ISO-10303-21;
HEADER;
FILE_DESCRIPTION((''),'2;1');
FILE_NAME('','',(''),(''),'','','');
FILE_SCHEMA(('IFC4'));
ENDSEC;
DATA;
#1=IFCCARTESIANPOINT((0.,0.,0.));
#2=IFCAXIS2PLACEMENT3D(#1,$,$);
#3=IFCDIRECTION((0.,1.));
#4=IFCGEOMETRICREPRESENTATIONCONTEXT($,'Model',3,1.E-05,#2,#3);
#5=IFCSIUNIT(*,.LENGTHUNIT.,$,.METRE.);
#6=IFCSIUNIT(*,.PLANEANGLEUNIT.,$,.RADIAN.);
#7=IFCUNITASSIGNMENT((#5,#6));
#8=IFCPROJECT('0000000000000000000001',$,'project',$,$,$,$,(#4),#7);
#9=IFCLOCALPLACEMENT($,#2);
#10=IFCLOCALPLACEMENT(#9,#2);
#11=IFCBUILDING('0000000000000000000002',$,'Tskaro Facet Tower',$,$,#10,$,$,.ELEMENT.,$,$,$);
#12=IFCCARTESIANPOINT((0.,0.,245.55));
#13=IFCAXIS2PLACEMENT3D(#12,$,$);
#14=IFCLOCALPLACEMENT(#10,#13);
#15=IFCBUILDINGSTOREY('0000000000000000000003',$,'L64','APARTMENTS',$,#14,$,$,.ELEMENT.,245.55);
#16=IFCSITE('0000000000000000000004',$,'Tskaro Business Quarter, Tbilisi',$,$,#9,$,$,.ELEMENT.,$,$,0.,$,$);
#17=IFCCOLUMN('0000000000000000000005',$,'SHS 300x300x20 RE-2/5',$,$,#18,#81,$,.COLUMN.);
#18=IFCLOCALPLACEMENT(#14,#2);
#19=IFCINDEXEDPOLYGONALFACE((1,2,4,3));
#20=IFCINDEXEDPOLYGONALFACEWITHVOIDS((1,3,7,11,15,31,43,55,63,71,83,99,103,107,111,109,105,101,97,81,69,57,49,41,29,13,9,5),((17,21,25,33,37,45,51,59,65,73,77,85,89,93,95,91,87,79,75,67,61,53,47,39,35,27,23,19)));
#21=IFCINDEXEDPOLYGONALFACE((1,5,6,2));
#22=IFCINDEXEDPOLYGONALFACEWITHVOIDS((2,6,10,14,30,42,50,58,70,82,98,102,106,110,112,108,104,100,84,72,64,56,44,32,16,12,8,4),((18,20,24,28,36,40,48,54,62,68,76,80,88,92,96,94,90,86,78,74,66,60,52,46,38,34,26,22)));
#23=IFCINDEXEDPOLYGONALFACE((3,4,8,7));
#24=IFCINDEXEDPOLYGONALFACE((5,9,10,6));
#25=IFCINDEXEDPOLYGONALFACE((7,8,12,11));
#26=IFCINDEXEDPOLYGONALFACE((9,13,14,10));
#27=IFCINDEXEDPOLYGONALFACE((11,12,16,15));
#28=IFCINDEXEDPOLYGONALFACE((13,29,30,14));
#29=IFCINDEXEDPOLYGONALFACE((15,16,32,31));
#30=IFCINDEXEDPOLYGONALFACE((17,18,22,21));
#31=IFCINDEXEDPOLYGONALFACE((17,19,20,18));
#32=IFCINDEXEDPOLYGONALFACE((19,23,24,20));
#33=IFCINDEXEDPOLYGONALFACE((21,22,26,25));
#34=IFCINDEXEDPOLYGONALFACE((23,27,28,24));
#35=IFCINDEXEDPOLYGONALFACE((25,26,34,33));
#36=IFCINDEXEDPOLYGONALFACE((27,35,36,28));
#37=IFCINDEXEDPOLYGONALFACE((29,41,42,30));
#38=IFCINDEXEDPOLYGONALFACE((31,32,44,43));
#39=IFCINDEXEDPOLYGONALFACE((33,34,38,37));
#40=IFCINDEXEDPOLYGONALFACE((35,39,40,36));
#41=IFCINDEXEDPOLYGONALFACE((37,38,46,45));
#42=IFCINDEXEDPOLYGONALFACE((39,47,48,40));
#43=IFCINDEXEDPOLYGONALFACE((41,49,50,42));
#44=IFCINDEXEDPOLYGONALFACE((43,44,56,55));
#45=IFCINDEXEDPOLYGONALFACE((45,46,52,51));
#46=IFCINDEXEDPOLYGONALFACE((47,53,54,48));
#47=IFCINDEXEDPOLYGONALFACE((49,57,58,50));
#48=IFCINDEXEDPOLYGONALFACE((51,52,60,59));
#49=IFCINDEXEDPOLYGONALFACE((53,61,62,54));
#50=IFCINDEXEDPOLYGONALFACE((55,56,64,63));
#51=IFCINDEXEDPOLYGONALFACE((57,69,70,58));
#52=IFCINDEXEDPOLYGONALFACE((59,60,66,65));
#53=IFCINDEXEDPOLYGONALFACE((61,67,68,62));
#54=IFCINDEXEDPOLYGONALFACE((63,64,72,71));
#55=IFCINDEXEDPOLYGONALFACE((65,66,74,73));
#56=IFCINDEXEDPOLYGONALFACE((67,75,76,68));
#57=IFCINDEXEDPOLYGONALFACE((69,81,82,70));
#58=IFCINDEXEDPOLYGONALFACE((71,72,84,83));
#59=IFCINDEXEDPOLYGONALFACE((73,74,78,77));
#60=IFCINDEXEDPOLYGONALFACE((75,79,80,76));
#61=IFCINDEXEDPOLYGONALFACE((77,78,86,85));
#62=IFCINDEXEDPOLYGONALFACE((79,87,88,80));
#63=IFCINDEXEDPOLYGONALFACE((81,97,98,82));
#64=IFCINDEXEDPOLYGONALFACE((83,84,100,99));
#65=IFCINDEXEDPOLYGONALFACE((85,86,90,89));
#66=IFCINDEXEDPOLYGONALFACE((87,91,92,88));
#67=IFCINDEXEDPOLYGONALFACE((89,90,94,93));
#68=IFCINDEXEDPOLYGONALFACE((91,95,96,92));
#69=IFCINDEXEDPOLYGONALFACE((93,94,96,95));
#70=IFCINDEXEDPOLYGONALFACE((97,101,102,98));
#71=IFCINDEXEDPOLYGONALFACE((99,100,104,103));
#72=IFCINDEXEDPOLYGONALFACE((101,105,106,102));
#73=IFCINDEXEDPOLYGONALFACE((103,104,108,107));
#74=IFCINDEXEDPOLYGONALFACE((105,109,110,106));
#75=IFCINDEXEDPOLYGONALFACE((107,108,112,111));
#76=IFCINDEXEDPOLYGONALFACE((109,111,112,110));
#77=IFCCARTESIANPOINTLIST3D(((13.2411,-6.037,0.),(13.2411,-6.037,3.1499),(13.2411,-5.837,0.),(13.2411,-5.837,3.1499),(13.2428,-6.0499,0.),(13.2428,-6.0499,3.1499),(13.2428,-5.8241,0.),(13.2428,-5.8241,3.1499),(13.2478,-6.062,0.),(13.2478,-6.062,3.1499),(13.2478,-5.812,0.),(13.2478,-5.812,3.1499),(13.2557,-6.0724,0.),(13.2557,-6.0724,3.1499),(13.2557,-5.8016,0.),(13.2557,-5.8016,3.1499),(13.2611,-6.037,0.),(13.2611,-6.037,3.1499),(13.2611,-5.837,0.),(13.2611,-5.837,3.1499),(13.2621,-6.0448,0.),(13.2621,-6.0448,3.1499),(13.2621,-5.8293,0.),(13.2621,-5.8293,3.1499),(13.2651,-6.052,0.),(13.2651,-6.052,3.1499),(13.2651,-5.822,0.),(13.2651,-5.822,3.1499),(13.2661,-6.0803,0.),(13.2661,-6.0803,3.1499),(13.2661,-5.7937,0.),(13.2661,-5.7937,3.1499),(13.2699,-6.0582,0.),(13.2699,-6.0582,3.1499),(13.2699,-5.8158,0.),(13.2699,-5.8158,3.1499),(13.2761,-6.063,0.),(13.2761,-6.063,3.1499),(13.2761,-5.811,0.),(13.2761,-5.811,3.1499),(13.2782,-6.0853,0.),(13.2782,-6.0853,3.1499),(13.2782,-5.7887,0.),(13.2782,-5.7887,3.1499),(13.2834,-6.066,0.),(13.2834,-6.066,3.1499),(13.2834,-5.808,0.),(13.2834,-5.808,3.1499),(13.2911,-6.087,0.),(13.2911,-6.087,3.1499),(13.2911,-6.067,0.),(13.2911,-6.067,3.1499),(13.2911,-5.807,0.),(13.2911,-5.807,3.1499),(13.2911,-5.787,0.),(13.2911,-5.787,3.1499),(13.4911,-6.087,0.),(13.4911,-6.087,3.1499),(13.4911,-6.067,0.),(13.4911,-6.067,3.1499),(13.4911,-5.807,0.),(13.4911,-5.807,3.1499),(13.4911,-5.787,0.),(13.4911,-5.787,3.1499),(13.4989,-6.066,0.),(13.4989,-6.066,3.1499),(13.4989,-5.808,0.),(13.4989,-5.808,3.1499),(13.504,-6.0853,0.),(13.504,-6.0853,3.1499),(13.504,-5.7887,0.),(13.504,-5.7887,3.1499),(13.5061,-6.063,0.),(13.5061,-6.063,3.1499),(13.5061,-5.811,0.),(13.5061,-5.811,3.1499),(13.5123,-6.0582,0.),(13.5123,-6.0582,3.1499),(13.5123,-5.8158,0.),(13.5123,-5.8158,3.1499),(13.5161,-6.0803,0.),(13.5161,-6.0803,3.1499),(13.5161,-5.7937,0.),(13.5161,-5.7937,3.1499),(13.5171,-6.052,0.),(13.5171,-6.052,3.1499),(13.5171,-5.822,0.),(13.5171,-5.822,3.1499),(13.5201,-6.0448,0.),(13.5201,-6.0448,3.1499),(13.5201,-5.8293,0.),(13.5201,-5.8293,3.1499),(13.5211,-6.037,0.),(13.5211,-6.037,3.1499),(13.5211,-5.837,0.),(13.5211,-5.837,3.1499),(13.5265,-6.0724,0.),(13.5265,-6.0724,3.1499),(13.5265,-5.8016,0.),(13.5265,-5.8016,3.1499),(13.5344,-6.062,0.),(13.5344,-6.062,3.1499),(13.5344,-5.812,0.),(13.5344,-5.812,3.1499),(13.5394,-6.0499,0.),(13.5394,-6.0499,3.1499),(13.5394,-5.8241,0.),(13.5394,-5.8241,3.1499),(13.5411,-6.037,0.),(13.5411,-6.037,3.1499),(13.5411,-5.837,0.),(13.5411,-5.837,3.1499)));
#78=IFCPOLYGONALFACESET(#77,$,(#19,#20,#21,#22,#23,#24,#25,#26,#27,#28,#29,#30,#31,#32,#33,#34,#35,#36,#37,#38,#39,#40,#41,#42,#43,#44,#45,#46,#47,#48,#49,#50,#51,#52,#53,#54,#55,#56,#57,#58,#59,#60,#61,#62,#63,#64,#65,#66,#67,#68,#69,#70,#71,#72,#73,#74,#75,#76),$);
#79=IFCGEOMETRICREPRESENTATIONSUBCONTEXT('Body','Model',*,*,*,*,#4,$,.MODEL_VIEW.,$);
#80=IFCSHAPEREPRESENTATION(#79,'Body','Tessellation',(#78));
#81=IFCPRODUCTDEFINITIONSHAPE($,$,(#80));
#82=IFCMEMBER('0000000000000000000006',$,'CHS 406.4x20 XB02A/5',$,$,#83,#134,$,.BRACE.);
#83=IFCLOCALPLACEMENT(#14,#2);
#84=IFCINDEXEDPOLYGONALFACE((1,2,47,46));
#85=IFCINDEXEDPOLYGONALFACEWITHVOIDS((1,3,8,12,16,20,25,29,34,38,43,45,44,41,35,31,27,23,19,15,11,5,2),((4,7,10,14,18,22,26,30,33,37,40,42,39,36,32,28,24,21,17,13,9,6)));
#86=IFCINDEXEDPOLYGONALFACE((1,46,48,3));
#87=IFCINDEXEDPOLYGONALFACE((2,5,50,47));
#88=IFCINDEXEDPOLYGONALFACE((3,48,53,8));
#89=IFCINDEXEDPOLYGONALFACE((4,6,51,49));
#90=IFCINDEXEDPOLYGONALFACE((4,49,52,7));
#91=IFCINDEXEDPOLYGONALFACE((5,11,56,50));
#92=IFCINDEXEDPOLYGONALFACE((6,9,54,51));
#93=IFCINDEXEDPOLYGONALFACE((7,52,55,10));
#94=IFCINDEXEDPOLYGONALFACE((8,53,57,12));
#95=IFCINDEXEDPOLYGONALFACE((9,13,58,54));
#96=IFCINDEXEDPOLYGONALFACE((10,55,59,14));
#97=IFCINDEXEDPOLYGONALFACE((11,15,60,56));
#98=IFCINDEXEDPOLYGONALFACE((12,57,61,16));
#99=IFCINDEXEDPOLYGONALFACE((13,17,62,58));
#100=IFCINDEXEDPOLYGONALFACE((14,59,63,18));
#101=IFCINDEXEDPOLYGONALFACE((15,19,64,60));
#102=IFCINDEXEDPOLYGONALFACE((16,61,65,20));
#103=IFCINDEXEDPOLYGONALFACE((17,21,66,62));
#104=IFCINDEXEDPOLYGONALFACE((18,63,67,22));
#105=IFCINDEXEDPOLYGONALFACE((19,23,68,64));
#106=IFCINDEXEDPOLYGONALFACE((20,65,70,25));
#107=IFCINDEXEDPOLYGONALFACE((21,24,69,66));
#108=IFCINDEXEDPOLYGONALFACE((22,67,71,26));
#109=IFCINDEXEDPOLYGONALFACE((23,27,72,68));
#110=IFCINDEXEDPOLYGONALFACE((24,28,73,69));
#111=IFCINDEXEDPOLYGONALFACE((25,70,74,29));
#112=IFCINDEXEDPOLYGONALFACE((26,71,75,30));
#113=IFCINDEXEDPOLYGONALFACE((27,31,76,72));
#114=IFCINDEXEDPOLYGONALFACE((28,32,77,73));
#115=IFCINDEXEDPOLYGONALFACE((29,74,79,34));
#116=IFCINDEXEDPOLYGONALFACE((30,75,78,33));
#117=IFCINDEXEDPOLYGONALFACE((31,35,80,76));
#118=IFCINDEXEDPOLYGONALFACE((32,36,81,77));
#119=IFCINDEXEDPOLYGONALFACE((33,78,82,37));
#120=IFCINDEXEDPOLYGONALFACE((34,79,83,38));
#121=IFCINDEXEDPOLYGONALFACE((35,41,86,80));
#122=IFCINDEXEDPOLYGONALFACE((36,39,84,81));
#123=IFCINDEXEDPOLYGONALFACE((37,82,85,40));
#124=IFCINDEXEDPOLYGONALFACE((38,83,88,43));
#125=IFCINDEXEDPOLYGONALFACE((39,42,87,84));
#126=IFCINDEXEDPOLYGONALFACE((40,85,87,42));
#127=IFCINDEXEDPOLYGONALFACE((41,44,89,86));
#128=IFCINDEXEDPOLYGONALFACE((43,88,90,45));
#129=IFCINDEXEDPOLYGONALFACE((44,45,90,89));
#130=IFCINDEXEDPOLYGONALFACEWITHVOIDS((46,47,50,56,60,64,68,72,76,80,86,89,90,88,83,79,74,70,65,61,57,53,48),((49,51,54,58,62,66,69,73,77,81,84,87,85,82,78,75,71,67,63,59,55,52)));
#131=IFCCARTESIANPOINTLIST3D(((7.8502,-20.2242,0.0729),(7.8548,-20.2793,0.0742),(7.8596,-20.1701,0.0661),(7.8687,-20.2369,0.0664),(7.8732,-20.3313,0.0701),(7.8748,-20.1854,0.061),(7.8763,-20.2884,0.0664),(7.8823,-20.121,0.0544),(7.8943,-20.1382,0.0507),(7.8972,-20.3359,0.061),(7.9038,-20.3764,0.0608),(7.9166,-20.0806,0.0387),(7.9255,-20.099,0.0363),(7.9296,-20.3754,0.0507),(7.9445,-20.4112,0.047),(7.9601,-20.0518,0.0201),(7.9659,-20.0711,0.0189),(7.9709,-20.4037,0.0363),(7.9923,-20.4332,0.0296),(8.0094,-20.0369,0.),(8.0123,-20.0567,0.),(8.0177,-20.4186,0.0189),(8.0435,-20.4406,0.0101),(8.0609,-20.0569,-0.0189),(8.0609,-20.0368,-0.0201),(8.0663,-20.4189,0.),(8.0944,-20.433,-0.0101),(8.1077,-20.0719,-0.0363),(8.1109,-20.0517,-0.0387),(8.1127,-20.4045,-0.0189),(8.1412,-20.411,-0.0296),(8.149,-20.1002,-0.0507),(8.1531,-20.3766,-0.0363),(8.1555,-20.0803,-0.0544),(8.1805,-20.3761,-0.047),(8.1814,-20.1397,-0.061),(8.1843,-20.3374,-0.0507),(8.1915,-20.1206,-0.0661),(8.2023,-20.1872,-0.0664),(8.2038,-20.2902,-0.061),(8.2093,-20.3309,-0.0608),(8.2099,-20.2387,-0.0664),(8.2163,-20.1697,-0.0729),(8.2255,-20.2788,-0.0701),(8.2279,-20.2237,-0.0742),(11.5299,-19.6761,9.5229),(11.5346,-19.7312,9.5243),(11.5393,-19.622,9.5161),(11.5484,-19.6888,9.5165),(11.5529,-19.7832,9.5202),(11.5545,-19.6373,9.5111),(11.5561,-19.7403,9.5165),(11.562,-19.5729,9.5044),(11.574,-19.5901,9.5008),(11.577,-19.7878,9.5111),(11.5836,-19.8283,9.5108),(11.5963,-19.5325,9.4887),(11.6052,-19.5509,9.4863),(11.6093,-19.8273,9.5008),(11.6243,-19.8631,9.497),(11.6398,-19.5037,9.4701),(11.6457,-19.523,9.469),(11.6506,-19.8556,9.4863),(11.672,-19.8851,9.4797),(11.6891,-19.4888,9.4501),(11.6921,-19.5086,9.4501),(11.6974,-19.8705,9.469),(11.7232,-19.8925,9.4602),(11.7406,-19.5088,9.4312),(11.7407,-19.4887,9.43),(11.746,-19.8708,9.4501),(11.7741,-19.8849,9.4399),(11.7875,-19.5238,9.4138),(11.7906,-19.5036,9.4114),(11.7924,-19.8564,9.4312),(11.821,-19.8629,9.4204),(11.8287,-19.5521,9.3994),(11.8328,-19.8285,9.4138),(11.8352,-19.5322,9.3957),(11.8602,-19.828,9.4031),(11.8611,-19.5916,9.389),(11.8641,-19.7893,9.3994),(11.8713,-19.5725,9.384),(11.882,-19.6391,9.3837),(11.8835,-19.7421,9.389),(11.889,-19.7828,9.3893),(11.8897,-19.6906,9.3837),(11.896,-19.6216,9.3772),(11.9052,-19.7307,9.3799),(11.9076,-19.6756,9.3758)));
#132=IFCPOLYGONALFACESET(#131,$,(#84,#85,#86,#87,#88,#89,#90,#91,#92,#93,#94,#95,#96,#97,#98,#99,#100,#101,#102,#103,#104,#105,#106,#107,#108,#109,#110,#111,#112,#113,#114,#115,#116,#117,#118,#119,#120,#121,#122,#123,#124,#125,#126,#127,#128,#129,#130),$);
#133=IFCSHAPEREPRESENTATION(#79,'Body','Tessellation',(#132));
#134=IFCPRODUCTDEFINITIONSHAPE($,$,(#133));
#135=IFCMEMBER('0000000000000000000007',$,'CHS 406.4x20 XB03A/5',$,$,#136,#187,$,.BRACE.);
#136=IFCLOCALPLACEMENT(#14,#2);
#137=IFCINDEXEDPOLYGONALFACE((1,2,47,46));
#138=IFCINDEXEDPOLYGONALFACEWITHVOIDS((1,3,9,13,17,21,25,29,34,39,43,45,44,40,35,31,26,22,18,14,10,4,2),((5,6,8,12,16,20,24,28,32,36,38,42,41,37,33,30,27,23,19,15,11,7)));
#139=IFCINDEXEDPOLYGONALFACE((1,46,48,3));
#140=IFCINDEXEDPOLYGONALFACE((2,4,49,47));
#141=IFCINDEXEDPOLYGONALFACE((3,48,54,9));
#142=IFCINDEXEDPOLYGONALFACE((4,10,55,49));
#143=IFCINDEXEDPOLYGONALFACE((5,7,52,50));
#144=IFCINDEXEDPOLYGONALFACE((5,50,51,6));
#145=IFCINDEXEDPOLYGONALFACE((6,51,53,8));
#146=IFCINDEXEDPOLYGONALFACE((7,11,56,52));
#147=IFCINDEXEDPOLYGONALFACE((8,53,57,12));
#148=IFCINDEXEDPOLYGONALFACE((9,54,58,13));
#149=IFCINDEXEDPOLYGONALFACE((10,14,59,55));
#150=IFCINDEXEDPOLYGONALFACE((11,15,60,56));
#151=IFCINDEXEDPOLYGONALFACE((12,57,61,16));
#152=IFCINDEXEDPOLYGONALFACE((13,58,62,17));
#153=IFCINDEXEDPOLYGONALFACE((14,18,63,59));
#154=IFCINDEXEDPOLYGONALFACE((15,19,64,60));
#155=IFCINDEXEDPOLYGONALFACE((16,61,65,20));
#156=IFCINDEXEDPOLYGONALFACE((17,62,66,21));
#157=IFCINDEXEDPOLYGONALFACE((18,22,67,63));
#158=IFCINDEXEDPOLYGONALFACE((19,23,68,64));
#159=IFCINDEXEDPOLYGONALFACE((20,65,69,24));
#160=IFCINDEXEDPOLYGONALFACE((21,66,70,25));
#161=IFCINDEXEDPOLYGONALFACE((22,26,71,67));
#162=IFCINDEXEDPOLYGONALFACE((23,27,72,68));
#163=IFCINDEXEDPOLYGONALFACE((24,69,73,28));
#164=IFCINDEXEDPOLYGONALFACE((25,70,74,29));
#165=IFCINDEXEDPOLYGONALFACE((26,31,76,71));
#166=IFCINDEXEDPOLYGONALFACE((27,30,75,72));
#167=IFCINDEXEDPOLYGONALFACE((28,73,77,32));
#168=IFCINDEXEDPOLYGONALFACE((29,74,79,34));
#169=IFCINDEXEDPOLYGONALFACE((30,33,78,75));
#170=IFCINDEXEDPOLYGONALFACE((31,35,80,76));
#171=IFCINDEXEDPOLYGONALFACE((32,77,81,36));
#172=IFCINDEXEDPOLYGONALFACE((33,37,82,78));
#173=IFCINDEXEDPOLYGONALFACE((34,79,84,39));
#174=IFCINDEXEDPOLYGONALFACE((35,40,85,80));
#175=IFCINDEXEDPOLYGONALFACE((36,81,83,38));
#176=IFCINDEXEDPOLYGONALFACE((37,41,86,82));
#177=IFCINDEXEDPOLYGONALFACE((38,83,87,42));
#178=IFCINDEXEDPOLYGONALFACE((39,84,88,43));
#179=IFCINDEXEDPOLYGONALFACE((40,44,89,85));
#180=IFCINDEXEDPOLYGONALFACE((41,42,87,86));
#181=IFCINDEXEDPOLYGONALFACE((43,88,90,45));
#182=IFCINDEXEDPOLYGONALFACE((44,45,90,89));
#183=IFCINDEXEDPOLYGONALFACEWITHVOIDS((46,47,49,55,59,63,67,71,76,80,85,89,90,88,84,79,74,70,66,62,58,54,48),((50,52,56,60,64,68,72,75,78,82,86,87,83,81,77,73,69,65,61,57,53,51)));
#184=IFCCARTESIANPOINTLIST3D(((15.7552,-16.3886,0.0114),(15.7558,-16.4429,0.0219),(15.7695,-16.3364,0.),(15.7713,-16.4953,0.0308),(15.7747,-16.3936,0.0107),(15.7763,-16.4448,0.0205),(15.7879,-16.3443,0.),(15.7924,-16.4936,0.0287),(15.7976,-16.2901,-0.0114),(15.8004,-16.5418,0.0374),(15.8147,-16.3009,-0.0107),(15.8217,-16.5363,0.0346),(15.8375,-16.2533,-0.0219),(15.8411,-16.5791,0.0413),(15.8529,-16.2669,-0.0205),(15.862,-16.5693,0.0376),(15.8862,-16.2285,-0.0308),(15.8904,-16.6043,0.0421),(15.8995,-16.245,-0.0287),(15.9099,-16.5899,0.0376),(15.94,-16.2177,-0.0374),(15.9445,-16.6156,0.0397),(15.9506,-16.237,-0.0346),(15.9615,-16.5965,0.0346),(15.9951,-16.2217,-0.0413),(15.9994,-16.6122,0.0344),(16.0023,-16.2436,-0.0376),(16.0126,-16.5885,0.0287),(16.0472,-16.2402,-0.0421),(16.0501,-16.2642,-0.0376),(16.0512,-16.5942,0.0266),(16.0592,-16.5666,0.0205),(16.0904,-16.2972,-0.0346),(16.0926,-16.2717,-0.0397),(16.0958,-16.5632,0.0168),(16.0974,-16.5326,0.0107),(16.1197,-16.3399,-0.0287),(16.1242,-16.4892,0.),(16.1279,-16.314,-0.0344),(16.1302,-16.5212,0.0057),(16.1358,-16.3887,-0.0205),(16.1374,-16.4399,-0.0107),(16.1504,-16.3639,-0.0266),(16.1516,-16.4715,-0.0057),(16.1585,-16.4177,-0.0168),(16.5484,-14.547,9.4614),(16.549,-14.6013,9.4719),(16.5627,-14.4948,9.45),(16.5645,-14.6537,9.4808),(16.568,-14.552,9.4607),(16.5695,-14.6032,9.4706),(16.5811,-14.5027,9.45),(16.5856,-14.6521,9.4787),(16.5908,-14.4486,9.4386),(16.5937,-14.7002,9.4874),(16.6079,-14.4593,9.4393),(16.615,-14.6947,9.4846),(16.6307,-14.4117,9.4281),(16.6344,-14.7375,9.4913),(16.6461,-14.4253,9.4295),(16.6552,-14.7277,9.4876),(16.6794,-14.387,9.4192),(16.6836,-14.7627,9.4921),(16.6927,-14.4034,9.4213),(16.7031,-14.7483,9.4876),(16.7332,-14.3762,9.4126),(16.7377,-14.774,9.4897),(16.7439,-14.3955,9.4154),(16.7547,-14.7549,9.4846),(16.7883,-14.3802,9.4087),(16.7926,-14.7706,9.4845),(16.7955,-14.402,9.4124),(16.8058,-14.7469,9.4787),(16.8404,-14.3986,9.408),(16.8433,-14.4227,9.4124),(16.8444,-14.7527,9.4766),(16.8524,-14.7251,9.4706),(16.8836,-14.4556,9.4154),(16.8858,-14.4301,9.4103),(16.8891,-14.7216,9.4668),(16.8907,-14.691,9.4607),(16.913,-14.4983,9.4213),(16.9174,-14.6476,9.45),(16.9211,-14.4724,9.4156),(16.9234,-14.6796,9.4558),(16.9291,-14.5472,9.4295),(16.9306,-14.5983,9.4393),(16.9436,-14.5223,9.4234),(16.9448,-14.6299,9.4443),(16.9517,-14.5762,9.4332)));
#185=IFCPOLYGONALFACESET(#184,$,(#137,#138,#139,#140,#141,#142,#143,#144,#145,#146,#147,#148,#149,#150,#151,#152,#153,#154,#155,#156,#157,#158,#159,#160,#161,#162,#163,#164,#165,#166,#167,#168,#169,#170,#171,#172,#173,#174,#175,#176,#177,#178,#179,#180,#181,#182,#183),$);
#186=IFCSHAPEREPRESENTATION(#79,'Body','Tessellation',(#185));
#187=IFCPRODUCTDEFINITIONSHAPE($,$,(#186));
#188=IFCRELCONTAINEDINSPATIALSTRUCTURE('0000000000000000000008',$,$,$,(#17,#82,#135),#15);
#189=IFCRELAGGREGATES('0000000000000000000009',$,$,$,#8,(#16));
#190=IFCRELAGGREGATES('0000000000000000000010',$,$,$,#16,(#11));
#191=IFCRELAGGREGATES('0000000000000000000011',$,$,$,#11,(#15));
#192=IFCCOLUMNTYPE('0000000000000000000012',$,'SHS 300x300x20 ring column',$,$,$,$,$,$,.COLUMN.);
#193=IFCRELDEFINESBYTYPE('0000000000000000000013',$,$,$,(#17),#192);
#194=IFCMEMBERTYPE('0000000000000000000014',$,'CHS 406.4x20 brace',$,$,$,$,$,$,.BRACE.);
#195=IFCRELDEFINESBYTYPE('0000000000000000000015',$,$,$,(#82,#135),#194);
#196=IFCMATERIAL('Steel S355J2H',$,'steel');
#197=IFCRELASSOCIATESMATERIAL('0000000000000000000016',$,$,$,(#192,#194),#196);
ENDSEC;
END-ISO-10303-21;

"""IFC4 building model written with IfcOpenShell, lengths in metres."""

from ifc_helpers import new_model, si_unit, direction, frame, origin, origin_2d, place, context, subcontext, project, spatial, hollow_rectangle, hollow_circle, extrude, material, material_profile, profile_set, type_object, element, save


model = new_model("IFC4")

# Units and contexts
model_context = context("Model", 3, precision=1e-05, world=origin(), true_north=direction((0.0, 1.0)))
body_context = subcontext(model_context, "Body", "Model", "MODEL_VIEW")
ifc_project = project(units=[si_unit("LENGTHUNIT", "METRE"), si_unit("PLANEANGLEUNIT", "RADIAN")], contexts=[model_context])

# Site, building, storey
site_placement = place(None, origin())
site = spatial("IfcSite", under=ifc_project, at=site_placement, Name="Tskaro Business Quarter, Tbilisi", CompositionType="ELEMENT", RefElevation=0.0)
building_placement = place(site_placement, origin())
building = spatial("IfcBuilding", under=site, at=building_placement, Name="Tskaro Facet Tower", CompositionType="ELEMENT")
storey_placement = place(building_placement, frame((0.0, 0.0, 245.55)))
storey = spatial("IfcBuildingStorey", under=building, at=storey_placement, Name="L64", Description="APARTMENTS", CompositionType="ELEMENT", Elevation=245.55)

# Column
ifc_material_1 = material(Name="Steel S355J2H", Category="steel")
ifc_material_profile_1 = material_profile(ifc_material_1, hollow_rectangle(XDim=0.3, YDim=0.3, WallThickness=0.02, InnerFilletRadius=0.03, OuterFilletRadius=0.05, at=origin_2d()), Name="SHS 300x300x20")
ifc_profile_set_1 = profile_set([ifc_material_profile_1], Name="Steel S355J2H")
column_type_1 = type_object("IfcColumnType", Name="SHS 300x300x20 ring column", PredefinedType="COLUMN", material=ifc_profile_set_1)
for number, where, z_axis, x_axis, name in (
    (1, (13.3911, -5.937, 0.0), (0.0, 0.0, 1.0), (1.0, 0.0, 0.0), "SHS 300x300x20 RE-2/5"),
):
    element("IfcColumn", number, at=place(storey_placement, frame(where, z_axis=z_axis, x_axis=x_axis)), inside=storey, type_object=column_type_1, Name=name, PredefinedType="COLUMN", context=body_context, shape_type="SweptSolid", body=[
        extrude(hollow_rectangle(XDim=0.3, YDim=0.3, WallThickness=0.02, InnerFilletRadius=0.03, OuterFilletRadius=0.05, at=origin_2d()), origin(), (0.0, 0.0, 1.0), 3.1499),
    ])

# Members
ifc_material_profile_2 = material_profile(ifc_material_1, hollow_circle(Radius=0.2031, WallThickness=0.02, at=origin_2d()), Name="CHS 406.4x20")
ifc_profile_set_2 = profile_set([ifc_material_profile_2], Name="Steel S355J2H")
member_type_1 = type_object("IfcMemberType", Name="CHS 406.4x20 brace", PredefinedType="BRACE", material=ifc_profile_set_2)
member_1_placement = place(storey_placement, frame((8.0393, -20.2378, 0.0), z_axis=(0.362321, 0.053968, 0.93049), x_axis=(-0.147326, 0.989088, 0.0)))
element("IfcMember", 2, at=member_1_placement, inside=storey, type_object=member_type_1, Name="CHS 406.4x20 XB02A/5", PredefinedType="BRACE", context=body_context, shape_type="SweptSolid", body=[
    extrude(hollow_circle(Radius=0.2031, WallThickness=0.02, at=origin_2d()), origin(), (0.0, 0.0, 1.0), 10.156),
])
for number, where, z_axis, x_axis, name in (
    (3, (15.9561, -16.4167, 0.0), (0.08211, 0.19063, 0.978222), (-0.918426, 0.395594, 0.0), "CHS 406.4x20 XB03A/5"),
):
    element("IfcMember", number, at=place(storey_placement, frame(where, z_axis=z_axis, x_axis=x_axis)), inside=storey, type_object=member_type_1, Name=name, PredefinedType="BRACE", context=body_context, shape_type="SweptSolid", body=[
        extrude(hollow_circle(Radius=0.2031, WallThickness=0.02, at=origin_2d()), origin(), (0.0, 0.0, 1.0), 9.6604),
    ])

save(model, "model.ifc")
